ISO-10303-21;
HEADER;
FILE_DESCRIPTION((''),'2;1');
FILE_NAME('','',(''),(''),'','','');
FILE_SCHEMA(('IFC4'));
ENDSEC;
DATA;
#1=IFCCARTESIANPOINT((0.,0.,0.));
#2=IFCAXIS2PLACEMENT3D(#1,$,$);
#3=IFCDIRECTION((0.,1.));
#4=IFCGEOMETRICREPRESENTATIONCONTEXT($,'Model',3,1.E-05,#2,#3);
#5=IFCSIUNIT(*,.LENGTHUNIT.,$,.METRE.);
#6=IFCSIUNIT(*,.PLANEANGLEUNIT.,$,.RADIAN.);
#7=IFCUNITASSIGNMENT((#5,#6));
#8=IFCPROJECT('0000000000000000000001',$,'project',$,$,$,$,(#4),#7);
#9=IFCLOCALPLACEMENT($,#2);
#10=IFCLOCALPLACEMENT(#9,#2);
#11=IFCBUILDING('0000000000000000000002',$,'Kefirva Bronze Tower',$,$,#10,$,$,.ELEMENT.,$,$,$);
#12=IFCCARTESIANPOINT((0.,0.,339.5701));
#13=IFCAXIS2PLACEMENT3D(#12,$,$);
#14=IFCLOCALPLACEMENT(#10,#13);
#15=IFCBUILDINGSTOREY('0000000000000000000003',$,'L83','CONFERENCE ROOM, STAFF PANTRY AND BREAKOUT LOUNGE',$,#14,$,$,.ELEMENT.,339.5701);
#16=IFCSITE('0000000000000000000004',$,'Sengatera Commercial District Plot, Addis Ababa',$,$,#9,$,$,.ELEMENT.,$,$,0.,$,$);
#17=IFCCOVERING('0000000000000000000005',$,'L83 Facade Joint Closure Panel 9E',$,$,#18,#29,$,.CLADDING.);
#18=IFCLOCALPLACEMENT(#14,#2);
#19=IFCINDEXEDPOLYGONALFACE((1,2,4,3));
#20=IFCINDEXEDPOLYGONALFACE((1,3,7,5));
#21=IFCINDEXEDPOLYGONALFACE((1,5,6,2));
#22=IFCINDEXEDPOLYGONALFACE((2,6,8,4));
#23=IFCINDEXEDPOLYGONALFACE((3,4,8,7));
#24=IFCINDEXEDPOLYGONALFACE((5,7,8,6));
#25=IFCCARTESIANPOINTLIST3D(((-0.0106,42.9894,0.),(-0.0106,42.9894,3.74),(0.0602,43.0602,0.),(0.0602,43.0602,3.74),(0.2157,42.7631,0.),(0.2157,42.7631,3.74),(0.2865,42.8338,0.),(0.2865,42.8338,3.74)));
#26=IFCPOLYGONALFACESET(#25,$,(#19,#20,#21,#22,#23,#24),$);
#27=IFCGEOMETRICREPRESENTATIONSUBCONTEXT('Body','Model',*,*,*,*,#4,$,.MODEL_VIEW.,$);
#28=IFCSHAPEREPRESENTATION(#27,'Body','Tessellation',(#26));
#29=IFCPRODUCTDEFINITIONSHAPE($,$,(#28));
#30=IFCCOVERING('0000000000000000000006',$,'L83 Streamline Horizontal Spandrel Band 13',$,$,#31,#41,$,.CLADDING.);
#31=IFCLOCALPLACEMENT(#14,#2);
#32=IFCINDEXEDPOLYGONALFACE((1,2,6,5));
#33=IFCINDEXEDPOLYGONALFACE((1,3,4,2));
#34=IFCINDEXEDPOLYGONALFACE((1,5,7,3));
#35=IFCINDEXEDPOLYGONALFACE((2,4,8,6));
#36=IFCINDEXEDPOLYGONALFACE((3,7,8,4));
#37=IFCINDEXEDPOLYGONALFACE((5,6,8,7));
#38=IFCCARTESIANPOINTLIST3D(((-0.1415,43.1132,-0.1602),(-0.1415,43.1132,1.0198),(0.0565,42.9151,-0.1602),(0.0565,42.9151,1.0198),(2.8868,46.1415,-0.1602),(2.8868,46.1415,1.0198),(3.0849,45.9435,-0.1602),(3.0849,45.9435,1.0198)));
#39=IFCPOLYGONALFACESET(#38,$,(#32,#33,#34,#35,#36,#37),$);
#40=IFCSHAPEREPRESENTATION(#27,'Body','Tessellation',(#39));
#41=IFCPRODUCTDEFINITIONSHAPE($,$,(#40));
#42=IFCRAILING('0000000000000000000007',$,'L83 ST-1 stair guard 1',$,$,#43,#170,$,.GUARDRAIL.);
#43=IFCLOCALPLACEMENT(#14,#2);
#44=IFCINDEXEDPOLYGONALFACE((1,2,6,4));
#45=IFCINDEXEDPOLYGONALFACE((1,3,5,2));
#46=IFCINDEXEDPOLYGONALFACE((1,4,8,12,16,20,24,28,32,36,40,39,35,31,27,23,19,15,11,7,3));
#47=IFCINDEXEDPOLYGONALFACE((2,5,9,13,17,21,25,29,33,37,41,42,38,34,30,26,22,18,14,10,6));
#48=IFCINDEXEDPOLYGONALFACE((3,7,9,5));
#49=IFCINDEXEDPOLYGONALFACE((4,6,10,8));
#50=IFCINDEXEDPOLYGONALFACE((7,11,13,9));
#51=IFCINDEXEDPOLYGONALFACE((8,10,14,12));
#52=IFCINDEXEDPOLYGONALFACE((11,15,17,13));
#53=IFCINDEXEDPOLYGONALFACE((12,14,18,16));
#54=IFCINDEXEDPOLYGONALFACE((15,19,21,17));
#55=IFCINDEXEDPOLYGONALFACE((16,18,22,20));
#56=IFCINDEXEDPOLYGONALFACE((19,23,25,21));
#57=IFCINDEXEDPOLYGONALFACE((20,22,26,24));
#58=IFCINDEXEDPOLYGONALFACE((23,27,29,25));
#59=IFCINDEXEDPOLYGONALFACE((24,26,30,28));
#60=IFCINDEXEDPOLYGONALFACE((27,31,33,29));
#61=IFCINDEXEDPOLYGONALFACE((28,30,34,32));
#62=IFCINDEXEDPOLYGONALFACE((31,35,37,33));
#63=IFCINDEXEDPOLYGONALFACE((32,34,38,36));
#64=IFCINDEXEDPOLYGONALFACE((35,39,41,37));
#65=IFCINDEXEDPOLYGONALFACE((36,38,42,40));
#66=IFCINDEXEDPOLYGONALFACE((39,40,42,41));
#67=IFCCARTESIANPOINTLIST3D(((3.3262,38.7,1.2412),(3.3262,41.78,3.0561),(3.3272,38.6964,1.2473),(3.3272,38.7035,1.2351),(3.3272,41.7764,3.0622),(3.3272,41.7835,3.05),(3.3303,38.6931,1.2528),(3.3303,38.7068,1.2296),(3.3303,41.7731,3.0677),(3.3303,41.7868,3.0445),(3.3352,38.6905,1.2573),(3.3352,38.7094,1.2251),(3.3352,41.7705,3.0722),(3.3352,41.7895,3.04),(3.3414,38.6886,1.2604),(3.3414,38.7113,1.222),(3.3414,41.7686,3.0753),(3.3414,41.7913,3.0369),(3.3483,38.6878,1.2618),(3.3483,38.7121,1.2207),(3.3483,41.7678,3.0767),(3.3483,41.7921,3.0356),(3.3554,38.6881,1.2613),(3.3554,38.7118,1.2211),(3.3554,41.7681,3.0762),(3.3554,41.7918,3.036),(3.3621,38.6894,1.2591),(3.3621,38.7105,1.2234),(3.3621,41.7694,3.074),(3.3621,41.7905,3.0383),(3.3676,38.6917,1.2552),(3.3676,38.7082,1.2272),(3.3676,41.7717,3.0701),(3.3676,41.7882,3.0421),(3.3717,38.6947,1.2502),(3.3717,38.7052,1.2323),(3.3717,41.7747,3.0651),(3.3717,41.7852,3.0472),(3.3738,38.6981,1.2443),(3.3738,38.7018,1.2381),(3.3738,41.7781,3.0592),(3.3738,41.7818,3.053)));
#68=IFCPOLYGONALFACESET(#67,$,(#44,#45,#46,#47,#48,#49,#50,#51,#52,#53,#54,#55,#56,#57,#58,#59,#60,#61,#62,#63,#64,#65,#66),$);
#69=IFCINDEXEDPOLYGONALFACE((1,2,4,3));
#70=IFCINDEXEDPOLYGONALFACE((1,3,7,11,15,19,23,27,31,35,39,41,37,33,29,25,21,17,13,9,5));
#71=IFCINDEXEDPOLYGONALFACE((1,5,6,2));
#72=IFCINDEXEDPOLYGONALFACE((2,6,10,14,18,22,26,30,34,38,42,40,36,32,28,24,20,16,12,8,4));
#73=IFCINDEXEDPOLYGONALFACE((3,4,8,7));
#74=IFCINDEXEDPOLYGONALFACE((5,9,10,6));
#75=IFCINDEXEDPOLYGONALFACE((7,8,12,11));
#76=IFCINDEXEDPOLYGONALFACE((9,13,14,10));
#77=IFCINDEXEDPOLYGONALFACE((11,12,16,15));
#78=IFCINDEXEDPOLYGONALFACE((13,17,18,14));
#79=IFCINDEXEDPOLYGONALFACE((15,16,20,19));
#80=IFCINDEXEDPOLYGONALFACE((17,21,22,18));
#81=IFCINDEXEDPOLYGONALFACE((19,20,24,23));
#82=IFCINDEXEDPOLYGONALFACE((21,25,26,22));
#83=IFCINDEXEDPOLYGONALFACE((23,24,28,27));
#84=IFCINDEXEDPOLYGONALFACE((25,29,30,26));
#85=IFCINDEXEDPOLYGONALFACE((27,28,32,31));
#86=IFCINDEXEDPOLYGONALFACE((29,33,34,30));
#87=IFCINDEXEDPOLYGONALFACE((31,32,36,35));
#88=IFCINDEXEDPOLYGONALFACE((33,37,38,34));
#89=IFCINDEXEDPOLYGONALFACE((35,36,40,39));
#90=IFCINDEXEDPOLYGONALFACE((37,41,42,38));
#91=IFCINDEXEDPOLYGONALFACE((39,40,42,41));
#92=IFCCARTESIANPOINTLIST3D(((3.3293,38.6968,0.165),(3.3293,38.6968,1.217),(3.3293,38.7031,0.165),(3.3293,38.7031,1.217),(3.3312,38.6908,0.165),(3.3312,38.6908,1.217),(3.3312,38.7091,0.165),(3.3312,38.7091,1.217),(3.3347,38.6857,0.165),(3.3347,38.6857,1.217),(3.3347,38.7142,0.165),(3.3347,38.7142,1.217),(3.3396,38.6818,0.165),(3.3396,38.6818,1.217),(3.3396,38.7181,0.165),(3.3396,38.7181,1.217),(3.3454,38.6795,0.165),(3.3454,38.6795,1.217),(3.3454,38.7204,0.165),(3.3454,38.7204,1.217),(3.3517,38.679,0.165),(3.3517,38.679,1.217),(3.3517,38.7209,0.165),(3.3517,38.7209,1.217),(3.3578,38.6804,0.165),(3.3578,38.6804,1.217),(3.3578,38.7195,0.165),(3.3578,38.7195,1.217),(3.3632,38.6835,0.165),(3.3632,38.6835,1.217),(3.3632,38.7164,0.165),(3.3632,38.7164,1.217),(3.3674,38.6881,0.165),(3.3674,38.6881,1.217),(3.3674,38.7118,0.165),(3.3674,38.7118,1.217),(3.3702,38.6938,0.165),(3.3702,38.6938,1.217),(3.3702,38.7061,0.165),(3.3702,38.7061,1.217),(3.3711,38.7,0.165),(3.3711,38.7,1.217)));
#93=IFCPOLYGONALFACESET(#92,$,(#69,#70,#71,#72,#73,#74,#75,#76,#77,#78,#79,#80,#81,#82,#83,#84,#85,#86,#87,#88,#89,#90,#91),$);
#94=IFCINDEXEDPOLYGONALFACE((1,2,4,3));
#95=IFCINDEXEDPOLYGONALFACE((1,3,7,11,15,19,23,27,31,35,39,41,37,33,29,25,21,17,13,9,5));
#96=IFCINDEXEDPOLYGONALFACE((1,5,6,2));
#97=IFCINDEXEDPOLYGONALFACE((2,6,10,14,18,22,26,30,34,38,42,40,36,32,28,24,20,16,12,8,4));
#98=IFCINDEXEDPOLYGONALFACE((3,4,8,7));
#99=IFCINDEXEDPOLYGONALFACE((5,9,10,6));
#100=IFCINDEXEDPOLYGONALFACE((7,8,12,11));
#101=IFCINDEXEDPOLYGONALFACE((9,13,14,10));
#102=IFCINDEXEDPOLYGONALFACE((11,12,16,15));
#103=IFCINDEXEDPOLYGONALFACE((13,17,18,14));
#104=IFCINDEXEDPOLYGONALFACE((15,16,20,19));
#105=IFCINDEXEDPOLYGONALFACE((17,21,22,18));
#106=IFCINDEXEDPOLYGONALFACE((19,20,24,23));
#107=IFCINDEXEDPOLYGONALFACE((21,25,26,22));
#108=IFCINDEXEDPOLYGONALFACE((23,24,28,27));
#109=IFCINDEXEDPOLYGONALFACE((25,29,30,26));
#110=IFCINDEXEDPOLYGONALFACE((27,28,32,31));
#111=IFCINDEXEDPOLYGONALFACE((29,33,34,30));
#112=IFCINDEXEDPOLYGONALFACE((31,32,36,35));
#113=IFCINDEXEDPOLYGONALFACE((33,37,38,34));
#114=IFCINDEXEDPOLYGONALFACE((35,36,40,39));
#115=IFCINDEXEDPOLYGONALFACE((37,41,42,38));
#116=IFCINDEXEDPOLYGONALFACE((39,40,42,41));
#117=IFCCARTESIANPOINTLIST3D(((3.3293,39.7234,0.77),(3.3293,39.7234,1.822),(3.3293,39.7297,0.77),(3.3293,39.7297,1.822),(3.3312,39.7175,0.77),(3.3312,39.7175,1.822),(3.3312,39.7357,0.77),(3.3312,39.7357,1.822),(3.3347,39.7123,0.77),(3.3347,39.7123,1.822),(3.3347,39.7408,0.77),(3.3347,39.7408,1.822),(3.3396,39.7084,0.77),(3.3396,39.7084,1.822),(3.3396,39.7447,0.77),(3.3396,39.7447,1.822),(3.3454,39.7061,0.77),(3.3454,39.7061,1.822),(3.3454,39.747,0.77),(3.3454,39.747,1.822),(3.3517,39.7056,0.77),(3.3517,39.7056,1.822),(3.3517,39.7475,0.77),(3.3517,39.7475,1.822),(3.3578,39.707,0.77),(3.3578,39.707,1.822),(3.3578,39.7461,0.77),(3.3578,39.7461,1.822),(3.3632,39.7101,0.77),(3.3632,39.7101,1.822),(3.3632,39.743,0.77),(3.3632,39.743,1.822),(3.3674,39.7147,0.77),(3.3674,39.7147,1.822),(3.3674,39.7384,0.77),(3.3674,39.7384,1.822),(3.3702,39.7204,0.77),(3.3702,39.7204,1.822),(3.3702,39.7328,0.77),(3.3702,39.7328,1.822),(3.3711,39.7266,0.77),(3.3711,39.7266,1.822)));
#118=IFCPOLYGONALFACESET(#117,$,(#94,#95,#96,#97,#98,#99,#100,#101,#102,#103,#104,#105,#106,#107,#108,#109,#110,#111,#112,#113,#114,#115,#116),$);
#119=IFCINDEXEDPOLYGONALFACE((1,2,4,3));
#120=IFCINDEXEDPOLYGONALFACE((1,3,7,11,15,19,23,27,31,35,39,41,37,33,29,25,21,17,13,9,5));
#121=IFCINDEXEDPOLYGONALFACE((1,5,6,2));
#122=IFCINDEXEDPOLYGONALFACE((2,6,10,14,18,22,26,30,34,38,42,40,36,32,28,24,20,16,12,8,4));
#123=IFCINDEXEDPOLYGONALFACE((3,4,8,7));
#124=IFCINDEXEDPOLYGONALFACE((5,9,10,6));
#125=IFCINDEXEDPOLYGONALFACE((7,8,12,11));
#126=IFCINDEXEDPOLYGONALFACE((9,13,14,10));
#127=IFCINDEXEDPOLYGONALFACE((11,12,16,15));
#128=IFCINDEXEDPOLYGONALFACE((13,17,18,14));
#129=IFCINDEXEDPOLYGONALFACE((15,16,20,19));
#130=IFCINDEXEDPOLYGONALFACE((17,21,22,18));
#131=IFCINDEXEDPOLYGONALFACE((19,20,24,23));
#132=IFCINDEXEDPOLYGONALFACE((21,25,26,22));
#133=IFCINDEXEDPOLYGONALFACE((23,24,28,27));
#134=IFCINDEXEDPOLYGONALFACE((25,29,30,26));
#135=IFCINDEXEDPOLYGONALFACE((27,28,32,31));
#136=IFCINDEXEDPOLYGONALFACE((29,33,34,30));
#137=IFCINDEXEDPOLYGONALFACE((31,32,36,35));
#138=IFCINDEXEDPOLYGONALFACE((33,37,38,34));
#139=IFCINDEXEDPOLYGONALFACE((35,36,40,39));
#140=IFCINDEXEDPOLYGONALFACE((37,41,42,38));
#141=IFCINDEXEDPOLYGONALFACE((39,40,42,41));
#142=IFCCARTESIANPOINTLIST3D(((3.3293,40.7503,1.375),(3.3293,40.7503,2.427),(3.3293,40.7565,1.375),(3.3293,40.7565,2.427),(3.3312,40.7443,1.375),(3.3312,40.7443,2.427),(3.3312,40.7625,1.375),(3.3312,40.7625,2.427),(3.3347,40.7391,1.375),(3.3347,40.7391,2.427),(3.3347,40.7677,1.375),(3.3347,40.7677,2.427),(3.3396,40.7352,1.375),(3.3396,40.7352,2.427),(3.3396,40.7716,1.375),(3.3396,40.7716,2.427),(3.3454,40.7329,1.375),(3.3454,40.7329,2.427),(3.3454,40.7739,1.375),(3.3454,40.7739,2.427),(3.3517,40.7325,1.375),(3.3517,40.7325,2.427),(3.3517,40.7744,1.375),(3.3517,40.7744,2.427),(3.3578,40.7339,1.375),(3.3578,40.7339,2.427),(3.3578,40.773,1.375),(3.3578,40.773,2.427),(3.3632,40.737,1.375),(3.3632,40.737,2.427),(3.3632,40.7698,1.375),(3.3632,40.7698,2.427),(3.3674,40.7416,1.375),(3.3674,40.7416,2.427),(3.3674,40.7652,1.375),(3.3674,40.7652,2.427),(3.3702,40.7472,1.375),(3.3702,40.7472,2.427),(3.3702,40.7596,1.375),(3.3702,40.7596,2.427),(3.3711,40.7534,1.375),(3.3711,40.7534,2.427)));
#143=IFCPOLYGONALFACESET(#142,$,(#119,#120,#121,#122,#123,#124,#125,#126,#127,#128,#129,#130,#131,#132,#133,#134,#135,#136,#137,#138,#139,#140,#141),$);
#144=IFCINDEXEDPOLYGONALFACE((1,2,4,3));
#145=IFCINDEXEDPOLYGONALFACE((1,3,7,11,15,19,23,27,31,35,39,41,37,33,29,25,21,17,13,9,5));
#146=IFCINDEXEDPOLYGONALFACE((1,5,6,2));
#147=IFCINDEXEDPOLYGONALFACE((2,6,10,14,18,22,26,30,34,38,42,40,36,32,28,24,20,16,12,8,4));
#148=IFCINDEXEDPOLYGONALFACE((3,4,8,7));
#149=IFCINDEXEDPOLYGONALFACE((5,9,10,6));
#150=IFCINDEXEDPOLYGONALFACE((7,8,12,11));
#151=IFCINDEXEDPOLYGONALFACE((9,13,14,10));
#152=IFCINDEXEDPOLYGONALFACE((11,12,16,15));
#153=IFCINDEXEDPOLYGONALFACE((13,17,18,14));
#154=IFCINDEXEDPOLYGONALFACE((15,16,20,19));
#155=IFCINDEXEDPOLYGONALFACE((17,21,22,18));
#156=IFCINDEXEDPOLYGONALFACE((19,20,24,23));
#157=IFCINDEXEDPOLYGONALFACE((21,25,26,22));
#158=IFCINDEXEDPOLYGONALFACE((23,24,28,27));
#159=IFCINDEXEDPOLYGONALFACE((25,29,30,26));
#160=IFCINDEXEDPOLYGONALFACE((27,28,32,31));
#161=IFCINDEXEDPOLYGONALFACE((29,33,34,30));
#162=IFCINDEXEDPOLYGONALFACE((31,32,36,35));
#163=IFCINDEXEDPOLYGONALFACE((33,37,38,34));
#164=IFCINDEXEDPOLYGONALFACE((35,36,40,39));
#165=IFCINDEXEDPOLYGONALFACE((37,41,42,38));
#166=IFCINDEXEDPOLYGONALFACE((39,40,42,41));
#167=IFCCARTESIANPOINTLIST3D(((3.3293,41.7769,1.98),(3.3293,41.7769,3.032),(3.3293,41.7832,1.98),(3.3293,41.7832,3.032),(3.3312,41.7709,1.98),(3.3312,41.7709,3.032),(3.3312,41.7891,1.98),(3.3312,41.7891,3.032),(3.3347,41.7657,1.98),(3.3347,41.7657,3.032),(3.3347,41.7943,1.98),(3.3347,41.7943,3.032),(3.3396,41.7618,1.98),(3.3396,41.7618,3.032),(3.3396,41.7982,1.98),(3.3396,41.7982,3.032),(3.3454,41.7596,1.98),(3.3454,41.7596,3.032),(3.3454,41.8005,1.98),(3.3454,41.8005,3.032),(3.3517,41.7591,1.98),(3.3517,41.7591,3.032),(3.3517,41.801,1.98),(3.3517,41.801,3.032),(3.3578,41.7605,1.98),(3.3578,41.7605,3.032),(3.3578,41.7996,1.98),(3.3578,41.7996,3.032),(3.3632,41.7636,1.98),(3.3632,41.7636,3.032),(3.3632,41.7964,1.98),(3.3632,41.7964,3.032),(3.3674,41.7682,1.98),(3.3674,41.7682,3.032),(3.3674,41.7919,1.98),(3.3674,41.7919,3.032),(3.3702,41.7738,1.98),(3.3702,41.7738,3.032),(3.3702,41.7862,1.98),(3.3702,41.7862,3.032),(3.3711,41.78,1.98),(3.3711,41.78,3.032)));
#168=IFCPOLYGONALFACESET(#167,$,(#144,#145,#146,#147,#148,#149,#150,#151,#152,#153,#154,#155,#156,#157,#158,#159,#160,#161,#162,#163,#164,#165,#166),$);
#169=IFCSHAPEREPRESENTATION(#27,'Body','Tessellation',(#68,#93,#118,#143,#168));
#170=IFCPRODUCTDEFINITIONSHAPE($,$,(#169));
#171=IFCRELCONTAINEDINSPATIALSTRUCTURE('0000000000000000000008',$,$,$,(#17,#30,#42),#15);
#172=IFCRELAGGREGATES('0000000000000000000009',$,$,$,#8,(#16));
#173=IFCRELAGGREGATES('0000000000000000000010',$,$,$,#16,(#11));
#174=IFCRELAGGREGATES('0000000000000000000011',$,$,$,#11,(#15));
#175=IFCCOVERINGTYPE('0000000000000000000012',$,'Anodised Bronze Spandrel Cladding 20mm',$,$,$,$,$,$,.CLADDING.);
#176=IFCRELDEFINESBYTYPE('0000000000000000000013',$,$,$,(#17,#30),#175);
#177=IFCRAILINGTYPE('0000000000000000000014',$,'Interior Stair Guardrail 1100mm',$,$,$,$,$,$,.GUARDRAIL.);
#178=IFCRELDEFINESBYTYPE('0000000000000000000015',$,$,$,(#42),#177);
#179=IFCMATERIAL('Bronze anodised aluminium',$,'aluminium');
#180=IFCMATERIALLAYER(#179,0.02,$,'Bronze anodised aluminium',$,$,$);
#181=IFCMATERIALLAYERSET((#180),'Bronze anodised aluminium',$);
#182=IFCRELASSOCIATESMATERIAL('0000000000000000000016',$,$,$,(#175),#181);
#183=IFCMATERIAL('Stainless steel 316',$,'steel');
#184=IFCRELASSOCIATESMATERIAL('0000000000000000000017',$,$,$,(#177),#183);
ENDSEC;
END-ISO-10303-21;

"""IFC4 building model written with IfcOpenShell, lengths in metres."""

from ifc_helpers import new_model, si_unit, direction, frame, origin, origin_2d, place, context, subcontext, project, spatial, rectangle, circle, extrude, material, layer, layer_set, type_object, element, save


model = new_model("IFC4")

# Units and contexts
model_context = context("Model", 3, precision=1e-05, world=origin(), true_north=direction((0.0, 1.0)))
body_context = subcontext(model_context, "Body", "Model", "MODEL_VIEW")
ifc_project = project(units=[si_unit("LENGTHUNIT", "METRE"), si_unit("PLANEANGLEUNIT", "RADIAN")], contexts=[model_context])

# Site, building, storey
site_placement = place(None, origin())
site = spatial("IfcSite", under=ifc_project, at=site_placement, Name="Sengatera Commercial District Plot, Addis Ababa", CompositionType="ELEMENT", RefElevation=0.0)
building_placement = place(site_placement, origin())
building = spatial("IfcBuilding", under=site, at=building_placement, Name="Kefirva Bronze Tower", CompositionType="ELEMENT")
storey_placement = place(building_placement, frame((0.0, 0.0, 339.5701)))
storey = spatial("IfcBuildingStorey", under=building, at=storey_placement, Name="L83", Description="CONFERENCE ROOM, STAFF PANTRY AND BREAKOUT LOUNGE", CompositionType="ELEMENT", Elevation=339.5701)

# Coverings
ifc_material_1 = material(Name="Bronze anodised aluminium", Category="aluminium")
ifc_layer_1 = layer(ifc_material_1, 0.02, Name="Bronze anodised aluminium")
ifc_layer_set_1 = layer_set([ifc_layer_1], Name="Bronze anodised aluminium")
covering_type_1 = type_object("IfcCoveringType", Name="Anodised Bronze Spandrel Cladding 20mm", PredefinedType="CLADDING", material=ifc_layer_set_1)
for number, where, z_axis, x_axis, name in (
    (1, (0.1379, 42.9116, 0.0), (0.0, 0.0, 1.0), (-0.707107, -0.707107, 0.0), "L83 Facade Joint Closure Panel 9E"),
):
    element("IfcCovering", number, at=place(storey_placement, frame(where, z_axis=z_axis, x_axis=x_axis)), inside=storey, type_object=covering_type_1, Name=name, PredefinedType="CLADDING", context=body_context, shape_type="SweptSolid", body=[
        extrude(rectangle(XDim=0.1001, YDim=0.3201, at=origin_2d()), origin(), (0.0, 0.0, 1.0), 3.74),
    ])
covering_1_placement = place(storey_placement, frame((1.4717, 44.5283, -0.1602), z_axis=(0.0, 0.0, 1.0), x_axis=(-0.707107, -0.707107, 0.0)))
element("IfcCovering", 2, at=covering_1_placement, inside=storey, type_object=covering_type_1, Name="L83 Streamline Horizontal Spandrel Band 13", PredefinedType="CLADDING", context=body_context, shape_type="SweptSolid", body=[
    extrude(rectangle(XDim=4.2827, YDim=0.28, at=origin_2d()), origin(), (0.0, 0.0, 1.0), 1.1799),
])

# Railing
ifc_material_2 = material(Name="Stainless steel 316", Category="steel")
railing_type_1 = type_object("IfcRailingType", Name="Interior Stair Guardrail 1100mm", PredefinedType="GUARDRAIL", material=ifc_material_2)
railing_1_placement = place(storey_placement, frame((3.3501, 38.7, 0.165)))
element("IfcRailing", 3, at=railing_1_placement, inside=storey, type_object=railing_type_1, Name="L83 ST-1 stair guard 1", PredefinedType="GUARDRAIL", context=body_context, shape_type="SweptSolid", body=[
    extrude(circle(Radius=0.0239, at=origin_2d()), frame((0.0, 0.0, 1.0762), z_axis=(0.0, 0.861551, 0.507671), x_axis=(-1.0, 0.0, 0.0)), (0.0, 0.0, 1.0), 3.575),
    extrude(circle(Radius=0.021, at=origin_2d()), origin(), (0.0, 0.0, 1.0), 1.052),
    extrude(circle(Radius=0.021, at=origin_2d()), frame((0.0, 1.0266, 0.605)), (0.0, 0.0, 1.0), 1.052),
    extrude(circle(Radius=0.021, at=origin_2d()), frame((0.0, 2.0535, 1.21)), (0.0, 0.0, 1.0), 1.052),
    extrude(circle(Radius=0.021, at=origin_2d()), frame((0.0, 3.0801, 1.8149)), (0.0, 0.0, 1.0), 1.052),
])

save(model, "model.ifc")
